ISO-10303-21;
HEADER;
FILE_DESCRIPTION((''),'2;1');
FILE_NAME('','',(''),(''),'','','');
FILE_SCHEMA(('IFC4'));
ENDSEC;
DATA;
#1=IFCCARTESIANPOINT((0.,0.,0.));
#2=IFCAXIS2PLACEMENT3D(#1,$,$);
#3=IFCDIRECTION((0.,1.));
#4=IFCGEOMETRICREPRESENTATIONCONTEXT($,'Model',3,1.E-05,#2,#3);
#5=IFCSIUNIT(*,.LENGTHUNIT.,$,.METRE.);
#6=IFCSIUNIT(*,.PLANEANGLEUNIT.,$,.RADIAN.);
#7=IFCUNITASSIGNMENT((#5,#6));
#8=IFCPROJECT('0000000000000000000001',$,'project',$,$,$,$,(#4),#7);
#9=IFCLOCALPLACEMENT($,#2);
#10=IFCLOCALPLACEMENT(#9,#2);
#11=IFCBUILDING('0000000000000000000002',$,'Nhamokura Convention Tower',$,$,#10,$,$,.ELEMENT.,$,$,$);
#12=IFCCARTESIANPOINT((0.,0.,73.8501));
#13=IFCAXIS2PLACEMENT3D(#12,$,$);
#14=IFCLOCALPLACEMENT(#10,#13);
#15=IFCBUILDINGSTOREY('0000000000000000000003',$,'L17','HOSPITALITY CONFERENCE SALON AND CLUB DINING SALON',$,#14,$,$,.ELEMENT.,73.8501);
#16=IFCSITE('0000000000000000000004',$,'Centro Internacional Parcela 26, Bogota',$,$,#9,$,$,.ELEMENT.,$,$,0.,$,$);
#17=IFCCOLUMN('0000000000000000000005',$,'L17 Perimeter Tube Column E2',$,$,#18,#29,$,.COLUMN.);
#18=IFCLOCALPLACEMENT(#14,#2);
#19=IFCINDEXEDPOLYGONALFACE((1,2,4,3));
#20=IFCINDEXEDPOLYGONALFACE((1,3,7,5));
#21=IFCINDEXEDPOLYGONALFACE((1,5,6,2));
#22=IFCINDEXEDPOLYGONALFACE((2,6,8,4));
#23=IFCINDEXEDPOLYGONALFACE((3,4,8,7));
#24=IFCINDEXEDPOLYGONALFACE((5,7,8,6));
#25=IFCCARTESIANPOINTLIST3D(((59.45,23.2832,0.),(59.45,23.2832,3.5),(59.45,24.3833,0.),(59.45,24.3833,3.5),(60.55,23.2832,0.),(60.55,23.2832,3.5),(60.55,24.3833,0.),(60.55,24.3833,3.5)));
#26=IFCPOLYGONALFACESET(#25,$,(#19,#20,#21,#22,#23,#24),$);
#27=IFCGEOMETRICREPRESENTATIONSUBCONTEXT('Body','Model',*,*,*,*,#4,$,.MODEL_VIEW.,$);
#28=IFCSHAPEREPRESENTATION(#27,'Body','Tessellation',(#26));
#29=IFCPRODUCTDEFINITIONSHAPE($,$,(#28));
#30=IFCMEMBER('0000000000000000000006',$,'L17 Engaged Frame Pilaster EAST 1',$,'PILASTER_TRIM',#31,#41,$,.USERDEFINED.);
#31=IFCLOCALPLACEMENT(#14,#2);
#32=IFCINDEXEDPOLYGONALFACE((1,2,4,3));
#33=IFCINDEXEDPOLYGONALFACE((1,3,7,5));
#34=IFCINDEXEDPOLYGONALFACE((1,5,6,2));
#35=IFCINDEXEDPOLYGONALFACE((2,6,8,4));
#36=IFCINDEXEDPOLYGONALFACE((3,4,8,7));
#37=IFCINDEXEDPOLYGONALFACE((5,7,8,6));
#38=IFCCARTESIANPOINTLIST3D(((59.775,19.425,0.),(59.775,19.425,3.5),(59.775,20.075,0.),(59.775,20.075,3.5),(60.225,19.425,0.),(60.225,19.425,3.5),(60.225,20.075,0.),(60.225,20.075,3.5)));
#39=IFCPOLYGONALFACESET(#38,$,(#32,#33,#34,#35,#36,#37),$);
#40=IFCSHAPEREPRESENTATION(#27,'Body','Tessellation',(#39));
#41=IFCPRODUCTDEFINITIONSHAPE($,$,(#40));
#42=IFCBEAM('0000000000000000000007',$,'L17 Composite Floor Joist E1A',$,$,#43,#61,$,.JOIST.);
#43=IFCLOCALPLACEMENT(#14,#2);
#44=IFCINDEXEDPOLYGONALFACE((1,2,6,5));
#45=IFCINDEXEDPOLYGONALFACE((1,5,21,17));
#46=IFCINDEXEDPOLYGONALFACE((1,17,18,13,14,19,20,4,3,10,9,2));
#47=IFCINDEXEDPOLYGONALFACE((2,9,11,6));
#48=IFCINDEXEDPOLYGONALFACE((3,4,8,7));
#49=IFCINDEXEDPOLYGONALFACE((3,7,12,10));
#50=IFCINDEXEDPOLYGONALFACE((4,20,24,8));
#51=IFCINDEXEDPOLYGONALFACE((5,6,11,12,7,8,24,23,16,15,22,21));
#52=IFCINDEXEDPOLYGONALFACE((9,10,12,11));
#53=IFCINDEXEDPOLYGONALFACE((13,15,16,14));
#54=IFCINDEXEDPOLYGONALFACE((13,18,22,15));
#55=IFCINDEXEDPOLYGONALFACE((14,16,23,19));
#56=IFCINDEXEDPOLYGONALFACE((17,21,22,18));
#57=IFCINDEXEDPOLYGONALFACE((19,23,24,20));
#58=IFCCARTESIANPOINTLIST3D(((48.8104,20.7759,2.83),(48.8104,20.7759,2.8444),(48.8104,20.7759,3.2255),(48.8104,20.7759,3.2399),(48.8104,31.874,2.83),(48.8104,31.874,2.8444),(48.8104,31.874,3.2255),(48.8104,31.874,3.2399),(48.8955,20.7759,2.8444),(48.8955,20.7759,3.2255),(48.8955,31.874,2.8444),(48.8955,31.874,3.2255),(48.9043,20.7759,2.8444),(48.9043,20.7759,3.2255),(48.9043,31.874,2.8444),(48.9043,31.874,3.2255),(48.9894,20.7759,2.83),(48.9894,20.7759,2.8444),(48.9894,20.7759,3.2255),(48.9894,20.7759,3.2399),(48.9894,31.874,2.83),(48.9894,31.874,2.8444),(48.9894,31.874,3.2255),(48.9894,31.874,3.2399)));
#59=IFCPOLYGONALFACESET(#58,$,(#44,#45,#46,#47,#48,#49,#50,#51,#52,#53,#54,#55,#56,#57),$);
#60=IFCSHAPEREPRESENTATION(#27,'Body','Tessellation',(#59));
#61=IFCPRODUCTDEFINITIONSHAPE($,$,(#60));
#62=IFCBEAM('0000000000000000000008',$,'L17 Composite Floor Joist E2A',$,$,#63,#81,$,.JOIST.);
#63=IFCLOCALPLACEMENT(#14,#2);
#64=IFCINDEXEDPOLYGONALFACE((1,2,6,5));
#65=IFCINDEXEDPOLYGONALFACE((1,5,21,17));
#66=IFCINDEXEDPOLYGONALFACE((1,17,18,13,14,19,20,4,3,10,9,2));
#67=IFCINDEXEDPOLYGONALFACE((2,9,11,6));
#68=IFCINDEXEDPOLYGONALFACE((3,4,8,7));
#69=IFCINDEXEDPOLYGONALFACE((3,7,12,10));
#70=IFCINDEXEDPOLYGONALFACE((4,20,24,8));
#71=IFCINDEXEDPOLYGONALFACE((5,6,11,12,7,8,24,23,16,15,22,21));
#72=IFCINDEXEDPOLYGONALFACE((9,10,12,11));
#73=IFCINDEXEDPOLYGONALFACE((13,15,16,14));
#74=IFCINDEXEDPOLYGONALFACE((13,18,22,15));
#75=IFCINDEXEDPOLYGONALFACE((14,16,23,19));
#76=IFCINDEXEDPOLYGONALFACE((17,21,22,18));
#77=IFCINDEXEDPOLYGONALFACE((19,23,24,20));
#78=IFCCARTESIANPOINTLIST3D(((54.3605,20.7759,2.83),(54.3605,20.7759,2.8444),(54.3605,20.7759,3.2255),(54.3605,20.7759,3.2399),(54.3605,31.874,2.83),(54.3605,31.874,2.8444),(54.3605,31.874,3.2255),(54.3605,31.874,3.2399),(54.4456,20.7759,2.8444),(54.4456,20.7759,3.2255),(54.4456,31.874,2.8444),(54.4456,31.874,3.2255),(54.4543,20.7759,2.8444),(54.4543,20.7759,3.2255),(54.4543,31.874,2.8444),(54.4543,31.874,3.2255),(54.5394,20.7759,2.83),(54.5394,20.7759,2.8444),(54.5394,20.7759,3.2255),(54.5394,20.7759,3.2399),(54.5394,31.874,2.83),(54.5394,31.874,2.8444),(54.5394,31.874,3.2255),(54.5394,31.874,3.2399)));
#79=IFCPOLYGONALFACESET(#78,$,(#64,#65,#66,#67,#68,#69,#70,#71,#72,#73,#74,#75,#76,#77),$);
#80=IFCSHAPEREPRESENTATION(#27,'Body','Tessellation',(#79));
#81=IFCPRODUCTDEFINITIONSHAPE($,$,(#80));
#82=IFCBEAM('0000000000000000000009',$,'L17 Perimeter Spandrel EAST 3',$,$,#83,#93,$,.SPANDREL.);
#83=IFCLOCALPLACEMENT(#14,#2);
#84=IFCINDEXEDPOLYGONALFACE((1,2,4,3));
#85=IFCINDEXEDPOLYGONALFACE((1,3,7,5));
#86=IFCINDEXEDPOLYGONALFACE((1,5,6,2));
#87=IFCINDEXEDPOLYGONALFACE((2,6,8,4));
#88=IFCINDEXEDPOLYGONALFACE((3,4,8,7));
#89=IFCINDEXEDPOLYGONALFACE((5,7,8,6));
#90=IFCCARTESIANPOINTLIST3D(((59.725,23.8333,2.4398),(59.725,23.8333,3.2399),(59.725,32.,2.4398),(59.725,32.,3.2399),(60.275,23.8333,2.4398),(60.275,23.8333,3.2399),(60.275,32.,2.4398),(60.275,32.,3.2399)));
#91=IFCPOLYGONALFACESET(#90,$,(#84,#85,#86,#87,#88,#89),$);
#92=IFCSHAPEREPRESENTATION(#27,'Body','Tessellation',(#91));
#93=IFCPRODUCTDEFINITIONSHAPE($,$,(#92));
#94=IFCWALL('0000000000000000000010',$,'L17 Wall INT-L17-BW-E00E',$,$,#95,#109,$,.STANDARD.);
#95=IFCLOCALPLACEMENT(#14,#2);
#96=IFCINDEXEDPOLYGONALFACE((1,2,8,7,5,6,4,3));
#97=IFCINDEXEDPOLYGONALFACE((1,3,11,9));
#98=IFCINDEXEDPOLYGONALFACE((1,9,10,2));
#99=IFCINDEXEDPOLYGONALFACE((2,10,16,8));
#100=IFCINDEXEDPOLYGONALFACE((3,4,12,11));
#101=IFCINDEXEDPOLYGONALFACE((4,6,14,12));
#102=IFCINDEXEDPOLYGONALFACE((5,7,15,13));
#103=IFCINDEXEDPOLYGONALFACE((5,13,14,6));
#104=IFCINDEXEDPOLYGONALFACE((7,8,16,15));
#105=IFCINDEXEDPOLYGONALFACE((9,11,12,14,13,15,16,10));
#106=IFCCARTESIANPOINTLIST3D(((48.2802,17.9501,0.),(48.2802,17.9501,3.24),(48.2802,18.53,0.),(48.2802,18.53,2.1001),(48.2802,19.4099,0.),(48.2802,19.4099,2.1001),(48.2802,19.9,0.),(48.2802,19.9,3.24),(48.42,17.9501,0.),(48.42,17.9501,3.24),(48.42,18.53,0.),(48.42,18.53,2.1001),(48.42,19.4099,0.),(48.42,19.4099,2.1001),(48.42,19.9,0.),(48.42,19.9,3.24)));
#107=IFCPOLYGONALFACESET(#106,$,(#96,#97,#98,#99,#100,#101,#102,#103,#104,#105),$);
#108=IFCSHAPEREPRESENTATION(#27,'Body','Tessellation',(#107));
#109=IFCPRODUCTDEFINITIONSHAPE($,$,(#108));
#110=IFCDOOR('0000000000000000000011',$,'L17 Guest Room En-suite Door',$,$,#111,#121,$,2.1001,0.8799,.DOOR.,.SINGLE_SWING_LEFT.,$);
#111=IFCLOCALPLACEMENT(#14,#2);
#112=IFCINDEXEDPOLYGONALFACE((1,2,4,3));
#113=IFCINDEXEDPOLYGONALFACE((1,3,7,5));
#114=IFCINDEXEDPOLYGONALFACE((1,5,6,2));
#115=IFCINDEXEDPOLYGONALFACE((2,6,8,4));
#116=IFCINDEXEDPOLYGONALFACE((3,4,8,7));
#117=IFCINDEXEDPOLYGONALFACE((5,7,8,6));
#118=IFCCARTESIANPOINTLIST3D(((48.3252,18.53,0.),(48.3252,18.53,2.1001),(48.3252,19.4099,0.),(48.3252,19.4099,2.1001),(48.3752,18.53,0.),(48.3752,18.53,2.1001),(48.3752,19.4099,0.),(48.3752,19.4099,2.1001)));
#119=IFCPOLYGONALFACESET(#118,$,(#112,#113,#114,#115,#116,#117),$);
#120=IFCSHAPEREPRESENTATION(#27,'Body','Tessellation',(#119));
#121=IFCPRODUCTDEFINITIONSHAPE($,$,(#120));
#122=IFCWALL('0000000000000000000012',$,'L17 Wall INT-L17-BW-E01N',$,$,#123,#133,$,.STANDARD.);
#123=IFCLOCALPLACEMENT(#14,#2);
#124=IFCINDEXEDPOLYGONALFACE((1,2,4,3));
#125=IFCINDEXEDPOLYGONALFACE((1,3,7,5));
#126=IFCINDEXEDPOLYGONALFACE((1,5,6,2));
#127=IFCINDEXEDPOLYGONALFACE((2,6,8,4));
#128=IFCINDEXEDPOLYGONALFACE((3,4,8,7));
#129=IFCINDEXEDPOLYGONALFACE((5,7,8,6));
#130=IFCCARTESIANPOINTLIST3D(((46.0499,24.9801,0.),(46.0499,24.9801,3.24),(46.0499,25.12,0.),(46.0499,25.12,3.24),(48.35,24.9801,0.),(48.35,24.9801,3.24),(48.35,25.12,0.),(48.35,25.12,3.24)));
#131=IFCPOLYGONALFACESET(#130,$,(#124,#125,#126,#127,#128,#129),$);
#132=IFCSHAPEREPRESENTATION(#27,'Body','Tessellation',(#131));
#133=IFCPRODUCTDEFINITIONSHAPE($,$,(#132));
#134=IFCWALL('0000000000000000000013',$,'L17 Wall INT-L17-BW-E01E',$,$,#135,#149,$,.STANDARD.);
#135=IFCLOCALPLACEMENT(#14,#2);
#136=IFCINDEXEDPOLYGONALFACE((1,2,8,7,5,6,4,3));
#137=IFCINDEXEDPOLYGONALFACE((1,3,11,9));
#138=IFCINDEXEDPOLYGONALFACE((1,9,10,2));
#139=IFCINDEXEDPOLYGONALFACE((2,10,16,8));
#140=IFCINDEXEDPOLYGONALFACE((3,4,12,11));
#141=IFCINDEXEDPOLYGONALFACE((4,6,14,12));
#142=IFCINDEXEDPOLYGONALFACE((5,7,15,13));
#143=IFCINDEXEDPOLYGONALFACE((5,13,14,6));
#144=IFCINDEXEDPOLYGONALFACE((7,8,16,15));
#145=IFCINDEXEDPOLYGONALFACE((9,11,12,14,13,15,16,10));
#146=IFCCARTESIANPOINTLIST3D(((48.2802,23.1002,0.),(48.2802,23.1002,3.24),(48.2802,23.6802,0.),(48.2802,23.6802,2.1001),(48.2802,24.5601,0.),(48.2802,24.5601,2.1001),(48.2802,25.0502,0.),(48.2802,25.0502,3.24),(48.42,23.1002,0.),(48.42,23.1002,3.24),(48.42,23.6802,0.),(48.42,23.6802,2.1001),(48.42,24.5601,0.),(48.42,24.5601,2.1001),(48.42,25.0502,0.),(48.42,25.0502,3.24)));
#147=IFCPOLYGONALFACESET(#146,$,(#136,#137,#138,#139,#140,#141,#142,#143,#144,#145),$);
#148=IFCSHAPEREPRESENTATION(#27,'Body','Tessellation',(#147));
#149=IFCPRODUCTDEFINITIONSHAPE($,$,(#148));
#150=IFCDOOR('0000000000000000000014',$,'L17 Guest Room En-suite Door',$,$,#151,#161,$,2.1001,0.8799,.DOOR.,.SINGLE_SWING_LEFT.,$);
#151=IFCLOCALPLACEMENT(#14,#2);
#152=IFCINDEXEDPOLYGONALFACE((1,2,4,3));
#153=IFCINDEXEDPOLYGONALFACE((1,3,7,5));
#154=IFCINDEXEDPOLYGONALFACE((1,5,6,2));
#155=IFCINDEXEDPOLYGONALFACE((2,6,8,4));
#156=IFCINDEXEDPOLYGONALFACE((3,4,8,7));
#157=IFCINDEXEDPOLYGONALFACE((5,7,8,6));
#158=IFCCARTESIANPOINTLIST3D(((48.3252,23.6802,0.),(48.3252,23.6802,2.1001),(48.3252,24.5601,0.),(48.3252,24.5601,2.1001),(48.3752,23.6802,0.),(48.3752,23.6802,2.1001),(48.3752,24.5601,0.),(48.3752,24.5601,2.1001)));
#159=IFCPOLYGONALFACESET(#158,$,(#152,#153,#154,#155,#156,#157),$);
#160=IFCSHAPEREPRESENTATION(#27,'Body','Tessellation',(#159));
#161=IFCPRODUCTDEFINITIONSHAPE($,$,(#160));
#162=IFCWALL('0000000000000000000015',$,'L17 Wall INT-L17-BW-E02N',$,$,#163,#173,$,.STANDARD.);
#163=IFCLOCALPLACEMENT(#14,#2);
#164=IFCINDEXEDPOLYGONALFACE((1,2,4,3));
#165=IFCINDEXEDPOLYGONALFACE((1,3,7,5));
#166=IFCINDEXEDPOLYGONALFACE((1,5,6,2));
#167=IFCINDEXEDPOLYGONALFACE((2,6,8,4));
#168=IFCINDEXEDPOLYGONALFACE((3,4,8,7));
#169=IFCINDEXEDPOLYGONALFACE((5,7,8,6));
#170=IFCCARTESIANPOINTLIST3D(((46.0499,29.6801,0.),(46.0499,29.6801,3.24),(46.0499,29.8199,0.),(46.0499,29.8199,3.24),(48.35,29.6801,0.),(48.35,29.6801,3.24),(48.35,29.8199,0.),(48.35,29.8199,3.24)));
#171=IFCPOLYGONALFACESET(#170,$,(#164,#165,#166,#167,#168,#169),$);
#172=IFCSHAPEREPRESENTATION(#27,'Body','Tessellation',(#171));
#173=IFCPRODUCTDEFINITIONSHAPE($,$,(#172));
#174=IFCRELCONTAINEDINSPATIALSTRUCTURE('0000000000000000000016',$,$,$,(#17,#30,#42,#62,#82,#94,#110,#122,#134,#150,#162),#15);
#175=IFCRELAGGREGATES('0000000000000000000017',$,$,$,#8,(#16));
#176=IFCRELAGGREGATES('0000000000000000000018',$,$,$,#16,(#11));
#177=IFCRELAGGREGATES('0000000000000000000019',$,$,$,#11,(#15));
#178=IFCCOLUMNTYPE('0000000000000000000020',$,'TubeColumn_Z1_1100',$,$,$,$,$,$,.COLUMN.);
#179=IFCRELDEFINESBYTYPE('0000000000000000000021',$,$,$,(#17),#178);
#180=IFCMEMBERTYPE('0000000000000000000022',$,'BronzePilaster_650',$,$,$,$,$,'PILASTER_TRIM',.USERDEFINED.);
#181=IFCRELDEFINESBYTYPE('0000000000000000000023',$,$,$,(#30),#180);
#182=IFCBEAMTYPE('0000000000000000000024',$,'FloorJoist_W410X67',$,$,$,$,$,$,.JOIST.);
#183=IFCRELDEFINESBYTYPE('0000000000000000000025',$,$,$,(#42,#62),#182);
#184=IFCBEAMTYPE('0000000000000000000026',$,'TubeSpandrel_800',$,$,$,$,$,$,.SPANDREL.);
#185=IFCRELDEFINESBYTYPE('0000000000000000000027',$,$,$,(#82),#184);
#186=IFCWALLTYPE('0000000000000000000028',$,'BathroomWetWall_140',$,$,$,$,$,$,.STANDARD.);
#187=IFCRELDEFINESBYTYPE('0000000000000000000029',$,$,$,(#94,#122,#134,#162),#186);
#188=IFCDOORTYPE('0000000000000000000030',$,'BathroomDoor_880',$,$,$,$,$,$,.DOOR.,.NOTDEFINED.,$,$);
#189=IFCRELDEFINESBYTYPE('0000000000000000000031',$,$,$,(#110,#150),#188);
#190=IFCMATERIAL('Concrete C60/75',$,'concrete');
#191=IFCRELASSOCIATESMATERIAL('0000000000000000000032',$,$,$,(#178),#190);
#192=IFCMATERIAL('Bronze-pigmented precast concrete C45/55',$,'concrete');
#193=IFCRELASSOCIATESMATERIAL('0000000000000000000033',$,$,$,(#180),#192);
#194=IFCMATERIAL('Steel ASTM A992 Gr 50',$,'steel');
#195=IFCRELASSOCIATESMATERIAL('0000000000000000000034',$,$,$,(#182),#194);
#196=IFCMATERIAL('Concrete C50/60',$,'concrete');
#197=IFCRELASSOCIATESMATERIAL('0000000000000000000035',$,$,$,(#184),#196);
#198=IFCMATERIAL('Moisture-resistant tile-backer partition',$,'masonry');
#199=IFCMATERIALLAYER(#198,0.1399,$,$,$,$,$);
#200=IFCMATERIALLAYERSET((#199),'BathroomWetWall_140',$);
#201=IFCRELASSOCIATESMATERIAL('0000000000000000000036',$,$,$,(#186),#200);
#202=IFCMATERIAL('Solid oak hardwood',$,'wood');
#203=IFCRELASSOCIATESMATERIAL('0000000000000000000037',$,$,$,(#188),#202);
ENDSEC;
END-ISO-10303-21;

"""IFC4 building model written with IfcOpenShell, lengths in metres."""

from ifc_helpers import new_model, si_unit, direction, frame, frame_2d, origin, origin_2d, place, context, subcontext, project, spatial, rectangle, i_section, extrude, material, layer, layer_set, material_profile, profile_set, type_object, element, fill, save


model = new_model("IFC4")

# Units and contexts
model_context = context("Model", 3, precision=1e-05, world=origin(), true_north=direction((0.0, 1.0)))
body_context = subcontext(model_context, "Body", "Model", "MODEL_VIEW")
ifc_project = project(units=[si_unit("LENGTHUNIT", "METRE"), si_unit("PLANEANGLEUNIT", "RADIAN")], contexts=[model_context])

# Site, building, storey
site_placement = place(None, origin())
site = spatial("IfcSite", under=ifc_project, at=site_placement, Name="Centro Internacional Parcela 26, Bogota", CompositionType="ELEMENT", RefElevation=0.0)
building_placement = place(site_placement, origin())
building = spatial("IfcBuilding", under=site, at=building_placement, Name="Nhamokura Convention Tower", CompositionType="ELEMENT")
storey_placement = place(building_placement, frame((0.0, 0.0, 73.8501)))
storey = spatial("IfcBuildingStorey", under=building, at=storey_placement, Name="L17", Description="HOSPITALITY CONFERENCE SALON AND CLUB DINING SALON", CompositionType="ELEMENT", Elevation=73.8501)

# Column
ifc_material_1 = material(Name="Concrete C60/75", Category="concrete")
ifc_material_profile_1 = material_profile(ifc_material_1, rectangle(XDim=1.1001, YDim=1.1001, at=origin_2d()))
ifc_profile_set_1 = profile_set([ifc_material_profile_1], Name="Concrete C60/75")
column_type = type_object("IfcColumnType", Name="TubeColumn_Z1_1100", PredefinedType="COLUMN", material=ifc_profile_set_1)
column_placement = place(storey_placement, frame((60.0, 23.8333, 0.0), z_axis=(0.0, 0.0, 1.0), x_axis=(1.0, 0.0, 0.0)))
element("IfcColumn", 1, at=column_placement, inside=storey, type_object=column_type, Name="L17 Perimeter Tube Column E2", PredefinedType="COLUMN", context=body_context, shape_type="SweptSolid", body=[
    extrude(rectangle(XDim=1.1001, YDim=1.1001, at=origin_2d()), origin(), (0.0, 0.0, 1.0), 3.5),
])

# Member
ifc_material_2 = material(Name="Bronze-pigmented precast concrete C45/55", Category="concrete")
ifc_material_profile_2 = material_profile(ifc_material_2, rectangle(XDim=0.45, YDim=0.6499, at=origin_2d()))
ifc_profile_set_2 = profile_set([ifc_material_profile_2], Name="Bronze-pigmented precast concrete C45/55")
member_type = type_object("IfcMemberType", Name="BronzePilaster_650", ElementType="PILASTER_TRIM", PredefinedType="USERDEFINED", material=ifc_profile_set_2)
member_placement = place(storey_placement, frame((60.0, 19.75, 0.0), z_axis=(0.0, 0.0, 1.0), x_axis=(1.0, 0.0, 0.0)))
element("IfcMember", 2, at=member_placement, inside=storey, type_object=member_type, Name="L17 Engaged Frame Pilaster EAST 1", ObjectType="PILASTER_TRIM", PredefinedType="USERDEFINED", context=body_context, shape_type="SweptSolid", body=[
    extrude(rectangle(XDim=0.45, YDim=0.6499, at=origin_2d()), origin(), (0.0, 0.0, 1.0), 3.5),
])

# Beams
ifc_material_3 = material(Name="Steel ASTM A992 Gr 50", Category="steel")
ifc_material_profile_3 = material_profile(ifc_material_3, i_section(OverallWidth=0.179, OverallDepth=0.4099, WebThickness=0.0088, FlangeThickness=0.0144, at=origin_2d()))
ifc_profile_set_3 = profile_set([ifc_material_profile_3], Name="Steel ASTM A992 Gr 50")
beam_type_1 = type_object("IfcBeamType", Name="FloorJoist_W410X67", PredefinedType="JOIST", material=ifc_profile_set_3)
for number, where, z_axis, x_axis, name in (
    (3, (48.8999, 20.7759, 3.0349), (0.0, 1.0, 0.0), (-1.0, 0.0, 0.0), "L17 Composite Floor Joist E1A"),
    (4, (54.45, 20.7759, 3.0349), (0.0, 1.0, 0.0), (-1.0, 0.0, 0.0), "L17 Composite Floor Joist E2A"),
):
    element("IfcBeam", number, at=place(storey_placement, frame(where, z_axis=z_axis, x_axis=x_axis)), inside=storey, type_object=beam_type_1, Name=name, PredefinedType="JOIST", context=body_context, shape_type="SweptSolid", body=[
        extrude(i_section(OverallWidth=0.179, OverallDepth=0.4099, WebThickness=0.0088, FlangeThickness=0.0144, at=origin_2d()), origin(), (0.0, 0.0, 1.0), 11.0981),
    ])
ifc_material_4 = material(Name="Concrete C50/60", Category="concrete")
ifc_material_profile_4 = material_profile(ifc_material_4, rectangle(XDim=0.55, YDim=0.8, at=origin_2d()))
ifc_profile_set_4 = profile_set([ifc_material_profile_4], Name="Concrete C50/60")
beam_type_2 = type_object("IfcBeamType", Name="TubeSpandrel_800", PredefinedType="SPANDREL", material=ifc_profile_set_4)
beam_placement = place(storey_placement, frame((60.0, 23.8333, 2.8398), z_axis=(0.0, 1.0, 0.0), x_axis=(-1.0, 0.0, 0.0)))
element("IfcBeam", 5, at=beam_placement, inside=storey, type_object=beam_type_2, Name="L17 Perimeter Spandrel EAST 3", PredefinedType="SPANDREL", context=body_context, shape_type="SweptSolid", body=[
    extrude(rectangle(XDim=0.55, YDim=0.8, at=origin_2d()), origin(), (0.0, 0.0, 1.0), 8.1667),
])

# Wall, opening, door
ifc_material_5 = material(Name="Moisture-resistant tile-backer partition", Category="masonry")
ifc_layer_1 = layer(ifc_material_5, 0.1399)
ifc_layer_set_1 = layer_set([ifc_layer_1], Name="BathroomWetWall_140")
wall_type_1 = type_object("IfcWallType", Name="BathroomWetWall_140", PredefinedType="STANDARD", material=ifc_layer_set_1)
wall_1_placement = place(storey_placement, frame((48.3501, 17.95, 0.0), z_axis=(0.0, 0.0, 1.0), x_axis=(0.0, 1.0, 0.0)))
wall_1 = element("IfcWall", 6, at=wall_1_placement, inside=storey, type_object=wall_type_1, Name="L17 Wall INT-L17-BW-E00E", PredefinedType="STANDARD", context=body_context, shape_type="SweptSolid", body=[
    extrude(rectangle(XDim=1.95, YDim=0.1399, at=frame_2d((0.9751, 0.0))), origin(), (0.0, 0.0, 1.0), 3.24),
])
opening_1_placement = place(wall_1_placement, frame((0.5801, 0.0, 0.0)))
opening_1 = element("IfcOpeningElement", 7, at=opening_1_placement, cuts=wall_1, PredefinedType="OPENING", context=body_context, shape_type="SweptSolid", body=[
    extrude(rectangle(XDim=0.8799, YDim=2.1001, at=frame_2d((0.4399, 1.05))), frame((0.0, 0.0798, 0.0), z_axis=(0.0, -1.0, 0.0), x_axis=(1.0, 0.0, 0.0)), (0.0, 0.0, 1.0), 0.1599),
])
ifc_material_6 = material(Name="Solid oak hardwood", Category="wood")
door_type_1 = type_object("IfcDoorType", Name="BathroomDoor_880", OperationType="NOTDEFINED", PredefinedType="DOOR", material=ifc_material_6)
door_1_placement = place(opening_1_placement, origin())
door_1 = element("IfcDoor", 8, at=door_1_placement, inside=storey, type_object=door_type_1, Name="L17 Guest Room En-suite Door", OperationType="SINGLE_SWING_LEFT", OverallHeight=2.1001, OverallWidth=0.8799, PredefinedType="DOOR", context=body_context, shape_type="SweptSolid", body=[
    extrude(rectangle(XDim=0.8799, YDim=2.1001, at=frame_2d((0.4399, 1.05))), frame((0.0, 0.0249, 0.0), z_axis=(0.0, -1.0, 0.0), x_axis=(1.0, 0.0, 0.0)), (0.0, 0.0, 1.0), 0.05),
])
fill(opening_1, door_1)

# Wall
wall_2_placement = place(storey_placement, frame((46.05, 25.05, 0.0), z_axis=(0.0, 0.0, 1.0), x_axis=(1.0, 0.0, 0.0)))
element("IfcWall", 9, at=wall_2_placement, inside=storey, type_object=wall_type_1, Name="L17 Wall INT-L17-BW-E01N", PredefinedType="STANDARD", context=body_context, shape_type="SweptSolid", body=[
    extrude(rectangle(XDim=2.3, YDim=0.1399, at=frame_2d((1.1499, 0.0))), origin(), (0.0, 0.0, 1.0), 3.24),
])

# Wall, opening, door
wall_3_placement = place(storey_placement, frame((48.3501, 23.1001, 0.0), z_axis=(0.0, 0.0, 1.0), x_axis=(0.0, 1.0, 0.0)))
wall_3 = element("IfcWall", 10, at=wall_3_placement, inside=storey, type_object=wall_type_1, Name="L17 Wall INT-L17-BW-E01E", PredefinedType="STANDARD", context=body_context, shape_type="SweptSolid", body=[
    extrude(rectangle(XDim=1.95, YDim=0.1399, at=frame_2d((0.9751, 0.0))), origin(), (0.0, 0.0, 1.0), 3.24),
])
opening_2_placement = place(wall_3_placement, frame((0.5801, 0.0, 0.0)))
opening_2 = element("IfcOpeningElement", 11, at=opening_2_placement, cuts=wall_3, PredefinedType="OPENING", context=body_context, shape_type="SweptSolid", body=[
    extrude(rectangle(XDim=0.8799, YDim=2.1001, at=frame_2d((0.4399, 1.05))), frame((0.0, 0.0798, 0.0), z_axis=(0.0, -1.0, 0.0), x_axis=(1.0, 0.0, 0.0)), (0.0, 0.0, 1.0), 0.1599),
])
door_2_placement = place(opening_2_placement, origin())
door_2 = element("IfcDoor", 12, at=door_2_placement, inside=storey, type_object=door_type_1, Name="L17 Guest Room En-suite Door", OperationType="SINGLE_SWING_LEFT", OverallHeight=2.1001, OverallWidth=0.8799, PredefinedType="DOOR", context=body_context, shape_type="SweptSolid", body=[
    extrude(rectangle(XDim=0.8799, YDim=2.1001, at=frame_2d((0.4399, 1.05))), frame((0.0, 0.0249, 0.0), z_axis=(0.0, -1.0, 0.0), x_axis=(1.0, 0.0, 0.0)), (0.0, 0.0, 1.0), 0.05),
])
fill(opening_2, door_2)

# Wall
wall_4_placement = place(storey_placement, frame((46.05, 29.75, 0.0), z_axis=(0.0, 0.0, 1.0), x_axis=(1.0, 0.0, 0.0)))
element("IfcWall", 13, at=wall_4_placement, inside=storey, type_object=wall_type_1, Name="L17 Wall INT-L17-BW-E02N", PredefinedType="STANDARD", context=body_context, shape_type="SweptSolid", body=[
    extrude(rectangle(XDim=2.3, YDim=0.1399, at=frame_2d((1.1499, 0.0))), origin(), (0.0, 0.0, 1.0), 3.24),
])

save(model, "model.ifc")
